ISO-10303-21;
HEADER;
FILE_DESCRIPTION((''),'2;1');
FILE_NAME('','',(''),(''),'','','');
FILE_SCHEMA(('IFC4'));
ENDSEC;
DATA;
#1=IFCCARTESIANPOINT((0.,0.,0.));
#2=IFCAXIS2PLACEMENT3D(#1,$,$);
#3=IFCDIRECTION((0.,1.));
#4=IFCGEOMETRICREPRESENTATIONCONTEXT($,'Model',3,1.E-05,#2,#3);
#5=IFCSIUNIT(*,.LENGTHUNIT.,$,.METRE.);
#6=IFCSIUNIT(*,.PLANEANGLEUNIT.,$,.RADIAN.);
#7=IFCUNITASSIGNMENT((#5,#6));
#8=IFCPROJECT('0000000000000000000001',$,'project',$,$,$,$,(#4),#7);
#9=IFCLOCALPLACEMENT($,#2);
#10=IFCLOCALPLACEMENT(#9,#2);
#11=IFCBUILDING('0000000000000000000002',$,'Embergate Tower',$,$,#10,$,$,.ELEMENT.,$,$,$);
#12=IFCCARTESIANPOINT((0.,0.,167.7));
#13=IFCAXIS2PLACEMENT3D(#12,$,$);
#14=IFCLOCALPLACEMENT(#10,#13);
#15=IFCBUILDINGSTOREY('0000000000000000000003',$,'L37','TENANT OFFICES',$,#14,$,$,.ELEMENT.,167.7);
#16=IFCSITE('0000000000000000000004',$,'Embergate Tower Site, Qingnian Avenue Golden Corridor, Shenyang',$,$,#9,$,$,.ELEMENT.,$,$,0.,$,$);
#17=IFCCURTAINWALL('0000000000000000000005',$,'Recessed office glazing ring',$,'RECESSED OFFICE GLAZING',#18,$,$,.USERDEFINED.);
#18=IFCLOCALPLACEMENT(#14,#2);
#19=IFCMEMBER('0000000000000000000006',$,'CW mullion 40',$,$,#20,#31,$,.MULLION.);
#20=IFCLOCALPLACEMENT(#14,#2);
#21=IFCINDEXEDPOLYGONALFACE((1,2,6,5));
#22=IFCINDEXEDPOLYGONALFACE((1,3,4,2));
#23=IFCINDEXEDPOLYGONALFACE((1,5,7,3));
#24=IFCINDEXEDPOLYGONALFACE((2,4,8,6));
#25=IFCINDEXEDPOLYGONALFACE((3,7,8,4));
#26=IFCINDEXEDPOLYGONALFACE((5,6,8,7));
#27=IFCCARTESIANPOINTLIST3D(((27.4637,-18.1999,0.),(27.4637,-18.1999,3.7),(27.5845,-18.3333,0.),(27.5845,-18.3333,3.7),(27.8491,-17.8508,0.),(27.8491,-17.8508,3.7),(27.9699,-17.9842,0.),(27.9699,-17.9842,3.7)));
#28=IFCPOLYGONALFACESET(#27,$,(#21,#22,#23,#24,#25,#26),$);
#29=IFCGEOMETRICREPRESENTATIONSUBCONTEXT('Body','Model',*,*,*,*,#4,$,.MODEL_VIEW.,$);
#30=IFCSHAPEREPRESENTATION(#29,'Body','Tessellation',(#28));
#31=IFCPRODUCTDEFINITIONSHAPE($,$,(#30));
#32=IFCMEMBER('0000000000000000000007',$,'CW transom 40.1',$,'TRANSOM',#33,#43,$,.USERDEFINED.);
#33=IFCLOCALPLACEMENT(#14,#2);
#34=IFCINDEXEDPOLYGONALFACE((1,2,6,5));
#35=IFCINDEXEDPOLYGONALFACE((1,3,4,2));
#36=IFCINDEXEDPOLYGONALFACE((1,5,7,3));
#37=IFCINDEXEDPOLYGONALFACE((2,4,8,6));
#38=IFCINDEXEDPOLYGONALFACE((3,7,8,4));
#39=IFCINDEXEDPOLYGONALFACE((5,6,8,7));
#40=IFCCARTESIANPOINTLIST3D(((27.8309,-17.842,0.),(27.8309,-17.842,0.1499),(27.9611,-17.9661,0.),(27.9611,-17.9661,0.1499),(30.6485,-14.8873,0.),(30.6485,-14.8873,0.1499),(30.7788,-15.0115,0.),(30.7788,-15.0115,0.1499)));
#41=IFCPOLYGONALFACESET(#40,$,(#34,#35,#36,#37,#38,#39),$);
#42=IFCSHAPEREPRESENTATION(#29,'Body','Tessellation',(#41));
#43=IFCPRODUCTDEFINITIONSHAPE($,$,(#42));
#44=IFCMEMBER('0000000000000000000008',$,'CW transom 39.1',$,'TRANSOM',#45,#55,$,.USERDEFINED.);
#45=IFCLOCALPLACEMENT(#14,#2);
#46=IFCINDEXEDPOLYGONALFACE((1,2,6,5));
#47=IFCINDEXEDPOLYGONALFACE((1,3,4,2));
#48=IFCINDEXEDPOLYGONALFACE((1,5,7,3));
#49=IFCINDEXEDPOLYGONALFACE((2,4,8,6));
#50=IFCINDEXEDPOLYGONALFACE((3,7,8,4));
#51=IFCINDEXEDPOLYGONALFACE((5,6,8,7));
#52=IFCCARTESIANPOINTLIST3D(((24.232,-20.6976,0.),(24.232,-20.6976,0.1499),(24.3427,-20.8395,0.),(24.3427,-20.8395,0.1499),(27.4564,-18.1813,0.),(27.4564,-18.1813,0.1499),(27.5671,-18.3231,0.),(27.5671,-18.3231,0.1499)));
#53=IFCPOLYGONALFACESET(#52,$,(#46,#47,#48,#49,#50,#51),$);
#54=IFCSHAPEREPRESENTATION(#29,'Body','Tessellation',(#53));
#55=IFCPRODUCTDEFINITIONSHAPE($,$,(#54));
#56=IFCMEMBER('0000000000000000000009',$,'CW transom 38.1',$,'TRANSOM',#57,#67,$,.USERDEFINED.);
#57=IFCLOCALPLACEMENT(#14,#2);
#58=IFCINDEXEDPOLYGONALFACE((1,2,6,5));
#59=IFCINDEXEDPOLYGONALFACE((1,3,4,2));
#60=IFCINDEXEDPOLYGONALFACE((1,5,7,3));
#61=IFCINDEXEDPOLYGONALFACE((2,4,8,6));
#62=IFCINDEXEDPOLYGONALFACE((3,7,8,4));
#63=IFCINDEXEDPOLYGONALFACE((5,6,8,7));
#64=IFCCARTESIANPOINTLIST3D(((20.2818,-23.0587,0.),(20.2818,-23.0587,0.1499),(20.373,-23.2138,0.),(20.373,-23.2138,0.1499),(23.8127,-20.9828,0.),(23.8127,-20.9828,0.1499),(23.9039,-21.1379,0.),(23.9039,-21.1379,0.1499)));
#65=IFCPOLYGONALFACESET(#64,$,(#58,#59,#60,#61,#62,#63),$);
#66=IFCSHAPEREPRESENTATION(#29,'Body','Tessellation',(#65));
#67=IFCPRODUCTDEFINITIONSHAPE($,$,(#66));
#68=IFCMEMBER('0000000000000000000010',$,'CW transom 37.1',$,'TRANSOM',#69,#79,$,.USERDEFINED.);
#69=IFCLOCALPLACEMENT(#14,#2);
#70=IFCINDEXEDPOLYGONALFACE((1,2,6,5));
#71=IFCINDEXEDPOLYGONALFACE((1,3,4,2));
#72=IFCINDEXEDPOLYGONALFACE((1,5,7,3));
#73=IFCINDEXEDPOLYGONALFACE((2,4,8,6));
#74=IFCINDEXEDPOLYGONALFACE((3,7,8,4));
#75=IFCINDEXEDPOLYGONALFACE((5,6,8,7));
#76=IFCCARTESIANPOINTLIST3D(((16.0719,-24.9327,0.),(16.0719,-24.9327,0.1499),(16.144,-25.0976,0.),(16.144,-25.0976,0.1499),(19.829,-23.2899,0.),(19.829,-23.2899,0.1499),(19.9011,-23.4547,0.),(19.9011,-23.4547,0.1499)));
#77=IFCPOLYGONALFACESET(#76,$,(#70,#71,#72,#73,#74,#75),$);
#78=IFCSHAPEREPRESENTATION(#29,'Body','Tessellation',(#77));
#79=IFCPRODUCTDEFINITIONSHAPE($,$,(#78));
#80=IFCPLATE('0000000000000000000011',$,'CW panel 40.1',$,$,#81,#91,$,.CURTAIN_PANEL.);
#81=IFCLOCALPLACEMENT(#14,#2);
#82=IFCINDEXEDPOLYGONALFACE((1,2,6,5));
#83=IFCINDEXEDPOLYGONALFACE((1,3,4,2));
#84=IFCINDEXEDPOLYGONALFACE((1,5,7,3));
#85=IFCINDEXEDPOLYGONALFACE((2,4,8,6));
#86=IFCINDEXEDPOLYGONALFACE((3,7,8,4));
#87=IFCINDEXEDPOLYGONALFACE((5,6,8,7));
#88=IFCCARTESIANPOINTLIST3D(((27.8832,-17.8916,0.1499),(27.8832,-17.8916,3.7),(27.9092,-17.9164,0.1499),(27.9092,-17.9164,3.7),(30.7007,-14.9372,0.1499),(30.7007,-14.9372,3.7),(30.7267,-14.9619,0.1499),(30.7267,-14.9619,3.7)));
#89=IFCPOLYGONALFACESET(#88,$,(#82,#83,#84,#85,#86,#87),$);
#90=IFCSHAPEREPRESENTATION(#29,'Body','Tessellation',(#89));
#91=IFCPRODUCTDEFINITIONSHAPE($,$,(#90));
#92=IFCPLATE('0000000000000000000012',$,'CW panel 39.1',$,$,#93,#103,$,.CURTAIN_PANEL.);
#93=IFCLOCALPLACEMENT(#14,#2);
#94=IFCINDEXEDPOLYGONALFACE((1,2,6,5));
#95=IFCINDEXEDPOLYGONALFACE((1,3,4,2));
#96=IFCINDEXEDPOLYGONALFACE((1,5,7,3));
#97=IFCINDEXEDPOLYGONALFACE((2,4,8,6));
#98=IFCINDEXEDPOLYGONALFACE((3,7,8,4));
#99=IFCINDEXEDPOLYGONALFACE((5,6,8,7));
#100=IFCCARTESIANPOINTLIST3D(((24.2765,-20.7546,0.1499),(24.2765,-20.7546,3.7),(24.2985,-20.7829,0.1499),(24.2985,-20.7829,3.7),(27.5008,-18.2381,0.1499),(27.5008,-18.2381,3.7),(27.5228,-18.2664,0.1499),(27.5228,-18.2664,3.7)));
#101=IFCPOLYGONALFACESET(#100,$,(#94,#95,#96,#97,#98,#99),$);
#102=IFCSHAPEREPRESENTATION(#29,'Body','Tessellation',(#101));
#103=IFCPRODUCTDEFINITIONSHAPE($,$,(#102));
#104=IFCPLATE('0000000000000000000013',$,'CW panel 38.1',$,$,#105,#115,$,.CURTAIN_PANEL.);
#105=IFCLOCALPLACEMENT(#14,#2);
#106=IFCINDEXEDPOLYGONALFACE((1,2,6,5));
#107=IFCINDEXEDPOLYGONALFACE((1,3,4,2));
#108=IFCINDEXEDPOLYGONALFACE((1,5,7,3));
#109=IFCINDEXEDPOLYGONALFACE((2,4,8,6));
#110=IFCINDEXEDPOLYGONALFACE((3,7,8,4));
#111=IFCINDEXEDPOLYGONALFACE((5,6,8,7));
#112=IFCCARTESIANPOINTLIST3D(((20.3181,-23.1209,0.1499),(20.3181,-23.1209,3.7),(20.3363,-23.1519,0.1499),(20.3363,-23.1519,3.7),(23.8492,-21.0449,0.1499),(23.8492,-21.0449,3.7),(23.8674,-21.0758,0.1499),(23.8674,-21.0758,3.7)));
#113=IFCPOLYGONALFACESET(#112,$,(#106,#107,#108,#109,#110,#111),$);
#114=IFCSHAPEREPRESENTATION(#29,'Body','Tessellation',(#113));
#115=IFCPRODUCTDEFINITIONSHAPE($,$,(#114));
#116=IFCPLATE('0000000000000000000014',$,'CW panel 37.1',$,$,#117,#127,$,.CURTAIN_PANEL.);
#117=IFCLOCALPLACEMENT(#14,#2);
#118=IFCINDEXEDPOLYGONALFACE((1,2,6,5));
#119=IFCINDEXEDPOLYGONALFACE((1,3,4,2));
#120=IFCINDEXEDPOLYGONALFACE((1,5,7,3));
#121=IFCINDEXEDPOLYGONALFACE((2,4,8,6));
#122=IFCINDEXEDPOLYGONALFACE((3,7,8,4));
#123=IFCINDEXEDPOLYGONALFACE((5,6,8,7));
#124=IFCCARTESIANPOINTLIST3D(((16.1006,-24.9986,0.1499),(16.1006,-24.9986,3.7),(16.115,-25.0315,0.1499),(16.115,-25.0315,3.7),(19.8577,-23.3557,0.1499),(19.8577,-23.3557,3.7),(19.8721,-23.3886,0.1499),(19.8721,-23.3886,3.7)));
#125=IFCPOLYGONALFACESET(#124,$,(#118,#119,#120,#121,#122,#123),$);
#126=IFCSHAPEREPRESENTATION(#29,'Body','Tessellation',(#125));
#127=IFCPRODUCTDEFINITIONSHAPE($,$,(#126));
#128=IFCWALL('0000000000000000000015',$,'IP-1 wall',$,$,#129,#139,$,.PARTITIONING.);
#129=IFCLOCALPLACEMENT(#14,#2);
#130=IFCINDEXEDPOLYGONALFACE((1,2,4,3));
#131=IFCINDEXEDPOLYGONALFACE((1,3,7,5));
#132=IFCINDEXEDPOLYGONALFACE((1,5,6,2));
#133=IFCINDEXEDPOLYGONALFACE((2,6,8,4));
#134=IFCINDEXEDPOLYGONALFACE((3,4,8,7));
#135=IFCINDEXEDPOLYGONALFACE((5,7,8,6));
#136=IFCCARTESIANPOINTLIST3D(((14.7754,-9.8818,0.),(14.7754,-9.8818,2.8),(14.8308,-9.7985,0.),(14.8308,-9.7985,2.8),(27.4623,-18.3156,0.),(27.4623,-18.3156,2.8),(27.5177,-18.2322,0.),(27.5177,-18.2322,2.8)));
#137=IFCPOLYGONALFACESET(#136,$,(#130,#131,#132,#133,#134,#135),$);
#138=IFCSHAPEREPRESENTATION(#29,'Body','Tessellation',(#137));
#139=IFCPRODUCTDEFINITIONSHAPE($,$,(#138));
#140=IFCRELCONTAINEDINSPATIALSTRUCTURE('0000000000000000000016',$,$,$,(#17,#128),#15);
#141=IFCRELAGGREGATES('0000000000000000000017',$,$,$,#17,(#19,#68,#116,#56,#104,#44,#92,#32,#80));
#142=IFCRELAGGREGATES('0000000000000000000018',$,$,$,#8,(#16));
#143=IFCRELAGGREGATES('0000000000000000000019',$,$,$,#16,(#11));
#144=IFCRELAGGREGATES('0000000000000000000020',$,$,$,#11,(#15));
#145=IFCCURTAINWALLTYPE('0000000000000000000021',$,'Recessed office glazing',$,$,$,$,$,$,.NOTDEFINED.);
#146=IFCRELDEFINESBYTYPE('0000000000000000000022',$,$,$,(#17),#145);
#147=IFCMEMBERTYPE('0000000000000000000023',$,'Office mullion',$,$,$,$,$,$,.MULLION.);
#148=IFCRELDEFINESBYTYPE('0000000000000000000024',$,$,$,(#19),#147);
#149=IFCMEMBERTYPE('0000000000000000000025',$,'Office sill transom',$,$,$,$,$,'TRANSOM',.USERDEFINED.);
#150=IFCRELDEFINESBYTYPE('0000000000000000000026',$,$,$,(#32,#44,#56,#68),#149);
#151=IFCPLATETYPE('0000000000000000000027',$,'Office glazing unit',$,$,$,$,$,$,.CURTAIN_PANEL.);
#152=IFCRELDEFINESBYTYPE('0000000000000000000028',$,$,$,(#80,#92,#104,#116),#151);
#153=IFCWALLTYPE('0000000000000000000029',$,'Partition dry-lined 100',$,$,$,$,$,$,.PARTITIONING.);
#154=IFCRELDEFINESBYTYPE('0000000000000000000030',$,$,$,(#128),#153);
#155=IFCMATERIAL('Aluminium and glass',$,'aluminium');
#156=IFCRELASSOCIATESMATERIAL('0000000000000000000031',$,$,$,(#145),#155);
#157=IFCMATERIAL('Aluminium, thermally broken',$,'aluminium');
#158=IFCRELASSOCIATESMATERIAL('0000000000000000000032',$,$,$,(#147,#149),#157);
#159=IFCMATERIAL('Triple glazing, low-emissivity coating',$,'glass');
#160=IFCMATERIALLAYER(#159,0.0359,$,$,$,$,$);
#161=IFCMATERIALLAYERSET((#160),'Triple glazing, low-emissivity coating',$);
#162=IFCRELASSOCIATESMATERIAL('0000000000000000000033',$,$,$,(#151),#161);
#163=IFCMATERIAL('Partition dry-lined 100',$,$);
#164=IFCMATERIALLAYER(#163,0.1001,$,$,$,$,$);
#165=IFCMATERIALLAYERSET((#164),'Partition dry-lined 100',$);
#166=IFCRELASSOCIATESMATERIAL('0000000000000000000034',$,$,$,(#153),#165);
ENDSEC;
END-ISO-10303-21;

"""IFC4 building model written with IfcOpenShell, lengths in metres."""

from ifc_helpers import new_model, si_unit, direction, frame, frame_2d, origin, origin_2d, place, context, subcontext, project, spatial, rectangle, extrude, source, transform, mapped, material, layer, layer_set, material_profile, profile_set, type_object, element, aggregate, save


model = new_model("IFC4")

# Units and contexts
model_context = context("Model", 3, precision=1e-05, world=origin(), true_north=direction((0.0, 1.0)))
body_context = subcontext(model_context, "Body", "Model", "MODEL_VIEW")
ifc_project = project(units=[si_unit("LENGTHUNIT", "METRE"), si_unit("PLANEANGLEUNIT", "RADIAN")], contexts=[model_context])

# Site, building, storey
site_placement = place(None, origin())
site = spatial("IfcSite", under=ifc_project, at=site_placement, Name="Embergate Tower Site, Qingnian Avenue Golden Corridor, Shenyang", CompositionType="ELEMENT", RefElevation=0.0)
building_placement = place(site_placement, origin())
building = spatial("IfcBuilding", under=site, at=building_placement, Name="Embergate Tower", CompositionType="ELEMENT")
storey_placement = place(building_placement, frame((0.0, 0.0, 167.7)))
storey = spatial("IfcBuildingStorey", under=building, at=storey_placement, Name="L37", Description="TENANT OFFICES", CompositionType="ELEMENT", Elevation=167.7)

# Curtain wall, members, plates
ifc_material_1 = material(Name="Aluminium and glass", Category="aluminium")
curtain_wall_type = type_object("IfcCurtainWallType", Name="Recessed office glazing", PredefinedType="NOTDEFINED", material=ifc_material_1)
curtain_wall_placement = place(storey_placement, origin())
curtain_wall = element("IfcCurtainWall", 1, at=curtain_wall_placement, inside=storey, type_object=curtain_wall_type, Name="Recessed office glazing ring", ObjectType="RECESSED OFFICE GLAZING", PredefinedType="USERDEFINED")
ifc_material_2 = material(Name="Aluminium, thermally broken", Category="aluminium")
ifc_material_profile_1 = material_profile(ifc_material_2, rectangle(XDim=0.1799, YDim=0.52, at=origin_2d()), Name="AL 520x180")
ifc_profile_set_1 = profile_set([ifc_material_profile_1], Name="Aluminium, thermally broken")
member_type_1 = type_object("IfcMemberType", Name="Office mullion", PredefinedType="MULLION", material=ifc_profile_set_1)
shared_shape_1 = source(origin(), body_context, "Body", "SweptSolid", [
    extrude(rectangle(XDim=0.1799, YDim=0.52, at=origin_2d()), origin(), (0.0, 0.0, 1.0), 3.7),
])
member_1_placement = place(storey_placement, frame((27.7168, -18.092, 0.0), z_axis=(0.0, 0.0, 1.0), x_axis=(-0.671227, 0.741252, 0.0)))
member_1 = element("IfcMember", 2, at=member_1_placement, type_object=member_type_1, Name="CW mullion 40", PredefinedType="MULLION", context=body_context, shape_type="MappedRepresentation", body=[
    mapped(shared_shape_1, transform((0.0, 0.0, 0.0))),
])
ifc_material_profile_2 = material_profile(ifc_material_2, rectangle(XDim=0.1799, YDim=0.1499, at=origin_2d()), Name="AL 150x180")
ifc_profile_set_2 = profile_set([ifc_material_profile_2], Name="Aluminium, thermally broken")
member_type_2 = type_object("IfcMemberType", Name="Office sill transom", ElementType="TRANSOM", PredefinedType="USERDEFINED", material=ifc_profile_set_2)
shared_shape_2 = source(origin(), body_context, "Body", "SweptSolid", [
    extrude(rectangle(XDim=0.1799, YDim=0.1499, at=origin_2d()), origin(), (0.0, 0.0, 1.0), 4.0828),
])
member_2_placement = place(storey_placement, frame((27.896, -17.9041, 0.075), z_axis=(0.690134, 0.723681, 0.0), x_axis=(-0.723681, 0.690134, 0.0)))
member_2 = element("IfcMember", 3, at=member_2_placement, type_object=member_type_2, Name="CW transom 40.1", ObjectType="TRANSOM", PredefinedType="USERDEFINED", context=body_context, shape_type="MappedRepresentation", body=[
    mapped(shared_shape_2, transform((0.0, 0.0, 0.0))),
])
shared_shape_3 = source(origin(), body_context, "Body", "SweptSolid", [
    extrude(rectangle(XDim=0.1799, YDim=0.1499, at=origin_2d()), origin(), (0.0, 0.0, 1.0), 4.0901),
])
member_3_placement = place(storey_placement, frame((24.2874, -20.7686, 0.075), z_axis=(0.788342, 0.615237, 0.0), x_axis=(-0.615237, 0.788342, 0.0)))
member_3 = element("IfcMember", 4, at=member_3_placement, type_object=member_type_2, Name="CW transom 39.1", ObjectType="TRANSOM", PredefinedType="USERDEFINED", context=body_context, shape_type="MappedRepresentation", body=[
    mapped(shared_shape_3, transform((0.0, 0.0, 0.0))),
])
shared_shape_4 = source(origin(), body_context, "Body", "SweptSolid", [
    extrude(rectangle(XDim=0.1799, YDim=0.1499, at=origin_2d()), origin(), (0.0, 0.0, 1.0), 4.0959),
])
member_4_placement = place(storey_placement, frame((20.3274, -23.1362, 0.075), z_axis=(0.862055, 0.506814, 0.0), x_axis=(-0.506814, 0.862055, 0.0)))
member_4 = element("IfcMember", 5, at=member_4_placement, type_object=member_type_2, Name="CW transom 38.1", ObjectType="TRANSOM", PredefinedType="USERDEFINED", context=body_context, shape_type="MappedRepresentation", body=[
    mapped(shared_shape_4, transform((0.0, 0.0, 0.0))),
])
shared_shape_5 = source(origin(), body_context, "Body", "SweptSolid", [
    extrude(rectangle(XDim=0.1799, YDim=0.1499, at=origin_2d()), origin(), (0.0, 0.0, 1.0), 4.1006),
])
member_5_placement = place(storey_placement, frame((16.1079, -25.0151, 0.075), z_axis=(0.916238, 0.400635, 0.0), x_axis=(-0.400635, 0.916238, 0.0)))
member_5 = element("IfcMember", 6, at=member_5_placement, type_object=member_type_2, Name="CW transom 37.1", ObjectType="TRANSOM", PredefinedType="USERDEFINED", context=body_context, shape_type="MappedRepresentation", body=[
    mapped(shared_shape_5, transform((0.0, 0.0, 0.0))),
])
ifc_material_3 = material(Name="Triple glazing, low-emissivity coating", Category="glass")
ifc_layer_1 = layer(ifc_material_3, 0.0359)
ifc_layer_set_1 = layer_set([ifc_layer_1], Name="Triple glazing, low-emissivity coating")
plate_type = type_object("IfcPlateType", Name="Office glazing unit", PredefinedType="CURTAIN_PANEL", material=ifc_layer_set_1)
shared_shape_6 = source(origin(), body_context, "Body", "SweptSolid", [
    extrude(rectangle(XDim=4.0825, YDim=0.0359, at=origin_2d()), origin(), (0.0, 0.0, 1.0), 3.55),
])
plate_1_placement = place(storey_placement, frame((29.3049, -16.4268, 0.1499), z_axis=(0.0, 0.0, 1.0), x_axis=(0.690135, 0.723681, 0.0)))
plate_1 = element("IfcPlate", 7, at=plate_1_placement, type_object=plate_type, Name="CW panel 40.1", PredefinedType="CURTAIN_PANEL", context=body_context, shape_type="MappedRepresentation", body=[
    mapped(shared_shape_6, transform((0.0, 0.0, 0.0))),
])
shared_shape_7 = source(origin(), body_context, "Body", "SweptSolid", [
    extrude(rectangle(XDim=4.0901, YDim=0.0359, at=origin_2d()), origin(), (0.0, 0.0, 1.0), 3.55),
])
plate_2_placement = place(storey_placement, frame((25.8997, -19.5105, 0.1499), z_axis=(0.0, 0.0, 1.0), x_axis=(0.78832, 0.615265, 0.0)))
plate_2 = element("IfcPlate", 8, at=plate_2_placement, type_object=plate_type, Name="CW panel 39.1", PredefinedType="CURTAIN_PANEL", context=body_context, shape_type="MappedRepresentation", body=[
    mapped(shared_shape_7, transform((0.0, 0.0, 0.0))),
])
shared_shape_8 = source(origin(), body_context, "Body", "SweptSolid", [
    extrude(rectangle(XDim=4.0962, YDim=0.0359, at=origin_2d()), origin(), (0.0, 0.0, 1.0), 3.55),
])
plate_3_placement = place(storey_placement, frame((22.0928, -22.0984, 0.1499), z_axis=(0.0, 0.0, 1.0), x_axis=(0.862053, 0.506818, 0.0)))
plate_3 = element("IfcPlate", 9, at=plate_3_placement, type_object=plate_type, Name="CW panel 38.1", PredefinedType="CURTAIN_PANEL", context=body_context, shape_type="MappedRepresentation", body=[
    mapped(shared_shape_8, transform((0.0, 0.0, 0.0))),
])
shared_shape_9 = source(origin(), body_context, "Body", "SweptSolid", [
    extrude(rectangle(XDim=4.1006, YDim=0.0359, at=origin_2d()), origin(), (0.0, 0.0, 1.0), 3.55),
])
plate_4_placement = place(storey_placement, frame((17.9863, -24.1936, 0.1499), z_axis=(0.0, 0.0, 1.0), x_axis=(0.916236, 0.400638, 0.0)))
plate_4 = element("IfcPlate", 10, at=plate_4_placement, type_object=plate_type, Name="CW panel 37.1", PredefinedType="CURTAIN_PANEL", context=body_context, shape_type="MappedRepresentation", body=[
    mapped(shared_shape_9, transform((0.0, 0.0, 0.0))),
])
aggregate(curtain_wall, [member_1, member_5, plate_4, member_4, plate_3, member_3, plate_2, member_2, plate_1])

# Wall
ifc_material_4 = material(Name="Partition dry-lined 100")
ifc_layer_2 = layer(ifc_material_4, 0.1001)
ifc_layer_set_2 = layer_set([ifc_layer_2], Name="Partition dry-lined 100")
wall_type = type_object("IfcWallType", Name="Partition dry-lined 100", PredefinedType="PARTITIONING", material=ifc_layer_set_2)
shared_shape_10 = source(origin(), body_context, "Body", "SweptSolid", [
    extrude(rectangle(XDim=15.2344, YDim=0.1001, at=frame_2d((7.6172, 0.0))), origin(), (0.0, 0.0, 1.0), 2.8),
])
wall_placement = place(storey_placement, frame((27.49, -18.2739, 0.0), z_axis=(0.0, 0.0, 1.0), x_axis=(-0.832782, 0.553601, 0.0)))
element("IfcWall", 11, at=wall_placement, inside=storey, type_object=wall_type, Name="IP-1 wall", PredefinedType="PARTITIONING", context=body_context, shape_type="MappedRepresentation", body=[
    mapped(shared_shape_10, transform((0.0, 0.0, 0.0))),
])

save(model, "model.ifc")
